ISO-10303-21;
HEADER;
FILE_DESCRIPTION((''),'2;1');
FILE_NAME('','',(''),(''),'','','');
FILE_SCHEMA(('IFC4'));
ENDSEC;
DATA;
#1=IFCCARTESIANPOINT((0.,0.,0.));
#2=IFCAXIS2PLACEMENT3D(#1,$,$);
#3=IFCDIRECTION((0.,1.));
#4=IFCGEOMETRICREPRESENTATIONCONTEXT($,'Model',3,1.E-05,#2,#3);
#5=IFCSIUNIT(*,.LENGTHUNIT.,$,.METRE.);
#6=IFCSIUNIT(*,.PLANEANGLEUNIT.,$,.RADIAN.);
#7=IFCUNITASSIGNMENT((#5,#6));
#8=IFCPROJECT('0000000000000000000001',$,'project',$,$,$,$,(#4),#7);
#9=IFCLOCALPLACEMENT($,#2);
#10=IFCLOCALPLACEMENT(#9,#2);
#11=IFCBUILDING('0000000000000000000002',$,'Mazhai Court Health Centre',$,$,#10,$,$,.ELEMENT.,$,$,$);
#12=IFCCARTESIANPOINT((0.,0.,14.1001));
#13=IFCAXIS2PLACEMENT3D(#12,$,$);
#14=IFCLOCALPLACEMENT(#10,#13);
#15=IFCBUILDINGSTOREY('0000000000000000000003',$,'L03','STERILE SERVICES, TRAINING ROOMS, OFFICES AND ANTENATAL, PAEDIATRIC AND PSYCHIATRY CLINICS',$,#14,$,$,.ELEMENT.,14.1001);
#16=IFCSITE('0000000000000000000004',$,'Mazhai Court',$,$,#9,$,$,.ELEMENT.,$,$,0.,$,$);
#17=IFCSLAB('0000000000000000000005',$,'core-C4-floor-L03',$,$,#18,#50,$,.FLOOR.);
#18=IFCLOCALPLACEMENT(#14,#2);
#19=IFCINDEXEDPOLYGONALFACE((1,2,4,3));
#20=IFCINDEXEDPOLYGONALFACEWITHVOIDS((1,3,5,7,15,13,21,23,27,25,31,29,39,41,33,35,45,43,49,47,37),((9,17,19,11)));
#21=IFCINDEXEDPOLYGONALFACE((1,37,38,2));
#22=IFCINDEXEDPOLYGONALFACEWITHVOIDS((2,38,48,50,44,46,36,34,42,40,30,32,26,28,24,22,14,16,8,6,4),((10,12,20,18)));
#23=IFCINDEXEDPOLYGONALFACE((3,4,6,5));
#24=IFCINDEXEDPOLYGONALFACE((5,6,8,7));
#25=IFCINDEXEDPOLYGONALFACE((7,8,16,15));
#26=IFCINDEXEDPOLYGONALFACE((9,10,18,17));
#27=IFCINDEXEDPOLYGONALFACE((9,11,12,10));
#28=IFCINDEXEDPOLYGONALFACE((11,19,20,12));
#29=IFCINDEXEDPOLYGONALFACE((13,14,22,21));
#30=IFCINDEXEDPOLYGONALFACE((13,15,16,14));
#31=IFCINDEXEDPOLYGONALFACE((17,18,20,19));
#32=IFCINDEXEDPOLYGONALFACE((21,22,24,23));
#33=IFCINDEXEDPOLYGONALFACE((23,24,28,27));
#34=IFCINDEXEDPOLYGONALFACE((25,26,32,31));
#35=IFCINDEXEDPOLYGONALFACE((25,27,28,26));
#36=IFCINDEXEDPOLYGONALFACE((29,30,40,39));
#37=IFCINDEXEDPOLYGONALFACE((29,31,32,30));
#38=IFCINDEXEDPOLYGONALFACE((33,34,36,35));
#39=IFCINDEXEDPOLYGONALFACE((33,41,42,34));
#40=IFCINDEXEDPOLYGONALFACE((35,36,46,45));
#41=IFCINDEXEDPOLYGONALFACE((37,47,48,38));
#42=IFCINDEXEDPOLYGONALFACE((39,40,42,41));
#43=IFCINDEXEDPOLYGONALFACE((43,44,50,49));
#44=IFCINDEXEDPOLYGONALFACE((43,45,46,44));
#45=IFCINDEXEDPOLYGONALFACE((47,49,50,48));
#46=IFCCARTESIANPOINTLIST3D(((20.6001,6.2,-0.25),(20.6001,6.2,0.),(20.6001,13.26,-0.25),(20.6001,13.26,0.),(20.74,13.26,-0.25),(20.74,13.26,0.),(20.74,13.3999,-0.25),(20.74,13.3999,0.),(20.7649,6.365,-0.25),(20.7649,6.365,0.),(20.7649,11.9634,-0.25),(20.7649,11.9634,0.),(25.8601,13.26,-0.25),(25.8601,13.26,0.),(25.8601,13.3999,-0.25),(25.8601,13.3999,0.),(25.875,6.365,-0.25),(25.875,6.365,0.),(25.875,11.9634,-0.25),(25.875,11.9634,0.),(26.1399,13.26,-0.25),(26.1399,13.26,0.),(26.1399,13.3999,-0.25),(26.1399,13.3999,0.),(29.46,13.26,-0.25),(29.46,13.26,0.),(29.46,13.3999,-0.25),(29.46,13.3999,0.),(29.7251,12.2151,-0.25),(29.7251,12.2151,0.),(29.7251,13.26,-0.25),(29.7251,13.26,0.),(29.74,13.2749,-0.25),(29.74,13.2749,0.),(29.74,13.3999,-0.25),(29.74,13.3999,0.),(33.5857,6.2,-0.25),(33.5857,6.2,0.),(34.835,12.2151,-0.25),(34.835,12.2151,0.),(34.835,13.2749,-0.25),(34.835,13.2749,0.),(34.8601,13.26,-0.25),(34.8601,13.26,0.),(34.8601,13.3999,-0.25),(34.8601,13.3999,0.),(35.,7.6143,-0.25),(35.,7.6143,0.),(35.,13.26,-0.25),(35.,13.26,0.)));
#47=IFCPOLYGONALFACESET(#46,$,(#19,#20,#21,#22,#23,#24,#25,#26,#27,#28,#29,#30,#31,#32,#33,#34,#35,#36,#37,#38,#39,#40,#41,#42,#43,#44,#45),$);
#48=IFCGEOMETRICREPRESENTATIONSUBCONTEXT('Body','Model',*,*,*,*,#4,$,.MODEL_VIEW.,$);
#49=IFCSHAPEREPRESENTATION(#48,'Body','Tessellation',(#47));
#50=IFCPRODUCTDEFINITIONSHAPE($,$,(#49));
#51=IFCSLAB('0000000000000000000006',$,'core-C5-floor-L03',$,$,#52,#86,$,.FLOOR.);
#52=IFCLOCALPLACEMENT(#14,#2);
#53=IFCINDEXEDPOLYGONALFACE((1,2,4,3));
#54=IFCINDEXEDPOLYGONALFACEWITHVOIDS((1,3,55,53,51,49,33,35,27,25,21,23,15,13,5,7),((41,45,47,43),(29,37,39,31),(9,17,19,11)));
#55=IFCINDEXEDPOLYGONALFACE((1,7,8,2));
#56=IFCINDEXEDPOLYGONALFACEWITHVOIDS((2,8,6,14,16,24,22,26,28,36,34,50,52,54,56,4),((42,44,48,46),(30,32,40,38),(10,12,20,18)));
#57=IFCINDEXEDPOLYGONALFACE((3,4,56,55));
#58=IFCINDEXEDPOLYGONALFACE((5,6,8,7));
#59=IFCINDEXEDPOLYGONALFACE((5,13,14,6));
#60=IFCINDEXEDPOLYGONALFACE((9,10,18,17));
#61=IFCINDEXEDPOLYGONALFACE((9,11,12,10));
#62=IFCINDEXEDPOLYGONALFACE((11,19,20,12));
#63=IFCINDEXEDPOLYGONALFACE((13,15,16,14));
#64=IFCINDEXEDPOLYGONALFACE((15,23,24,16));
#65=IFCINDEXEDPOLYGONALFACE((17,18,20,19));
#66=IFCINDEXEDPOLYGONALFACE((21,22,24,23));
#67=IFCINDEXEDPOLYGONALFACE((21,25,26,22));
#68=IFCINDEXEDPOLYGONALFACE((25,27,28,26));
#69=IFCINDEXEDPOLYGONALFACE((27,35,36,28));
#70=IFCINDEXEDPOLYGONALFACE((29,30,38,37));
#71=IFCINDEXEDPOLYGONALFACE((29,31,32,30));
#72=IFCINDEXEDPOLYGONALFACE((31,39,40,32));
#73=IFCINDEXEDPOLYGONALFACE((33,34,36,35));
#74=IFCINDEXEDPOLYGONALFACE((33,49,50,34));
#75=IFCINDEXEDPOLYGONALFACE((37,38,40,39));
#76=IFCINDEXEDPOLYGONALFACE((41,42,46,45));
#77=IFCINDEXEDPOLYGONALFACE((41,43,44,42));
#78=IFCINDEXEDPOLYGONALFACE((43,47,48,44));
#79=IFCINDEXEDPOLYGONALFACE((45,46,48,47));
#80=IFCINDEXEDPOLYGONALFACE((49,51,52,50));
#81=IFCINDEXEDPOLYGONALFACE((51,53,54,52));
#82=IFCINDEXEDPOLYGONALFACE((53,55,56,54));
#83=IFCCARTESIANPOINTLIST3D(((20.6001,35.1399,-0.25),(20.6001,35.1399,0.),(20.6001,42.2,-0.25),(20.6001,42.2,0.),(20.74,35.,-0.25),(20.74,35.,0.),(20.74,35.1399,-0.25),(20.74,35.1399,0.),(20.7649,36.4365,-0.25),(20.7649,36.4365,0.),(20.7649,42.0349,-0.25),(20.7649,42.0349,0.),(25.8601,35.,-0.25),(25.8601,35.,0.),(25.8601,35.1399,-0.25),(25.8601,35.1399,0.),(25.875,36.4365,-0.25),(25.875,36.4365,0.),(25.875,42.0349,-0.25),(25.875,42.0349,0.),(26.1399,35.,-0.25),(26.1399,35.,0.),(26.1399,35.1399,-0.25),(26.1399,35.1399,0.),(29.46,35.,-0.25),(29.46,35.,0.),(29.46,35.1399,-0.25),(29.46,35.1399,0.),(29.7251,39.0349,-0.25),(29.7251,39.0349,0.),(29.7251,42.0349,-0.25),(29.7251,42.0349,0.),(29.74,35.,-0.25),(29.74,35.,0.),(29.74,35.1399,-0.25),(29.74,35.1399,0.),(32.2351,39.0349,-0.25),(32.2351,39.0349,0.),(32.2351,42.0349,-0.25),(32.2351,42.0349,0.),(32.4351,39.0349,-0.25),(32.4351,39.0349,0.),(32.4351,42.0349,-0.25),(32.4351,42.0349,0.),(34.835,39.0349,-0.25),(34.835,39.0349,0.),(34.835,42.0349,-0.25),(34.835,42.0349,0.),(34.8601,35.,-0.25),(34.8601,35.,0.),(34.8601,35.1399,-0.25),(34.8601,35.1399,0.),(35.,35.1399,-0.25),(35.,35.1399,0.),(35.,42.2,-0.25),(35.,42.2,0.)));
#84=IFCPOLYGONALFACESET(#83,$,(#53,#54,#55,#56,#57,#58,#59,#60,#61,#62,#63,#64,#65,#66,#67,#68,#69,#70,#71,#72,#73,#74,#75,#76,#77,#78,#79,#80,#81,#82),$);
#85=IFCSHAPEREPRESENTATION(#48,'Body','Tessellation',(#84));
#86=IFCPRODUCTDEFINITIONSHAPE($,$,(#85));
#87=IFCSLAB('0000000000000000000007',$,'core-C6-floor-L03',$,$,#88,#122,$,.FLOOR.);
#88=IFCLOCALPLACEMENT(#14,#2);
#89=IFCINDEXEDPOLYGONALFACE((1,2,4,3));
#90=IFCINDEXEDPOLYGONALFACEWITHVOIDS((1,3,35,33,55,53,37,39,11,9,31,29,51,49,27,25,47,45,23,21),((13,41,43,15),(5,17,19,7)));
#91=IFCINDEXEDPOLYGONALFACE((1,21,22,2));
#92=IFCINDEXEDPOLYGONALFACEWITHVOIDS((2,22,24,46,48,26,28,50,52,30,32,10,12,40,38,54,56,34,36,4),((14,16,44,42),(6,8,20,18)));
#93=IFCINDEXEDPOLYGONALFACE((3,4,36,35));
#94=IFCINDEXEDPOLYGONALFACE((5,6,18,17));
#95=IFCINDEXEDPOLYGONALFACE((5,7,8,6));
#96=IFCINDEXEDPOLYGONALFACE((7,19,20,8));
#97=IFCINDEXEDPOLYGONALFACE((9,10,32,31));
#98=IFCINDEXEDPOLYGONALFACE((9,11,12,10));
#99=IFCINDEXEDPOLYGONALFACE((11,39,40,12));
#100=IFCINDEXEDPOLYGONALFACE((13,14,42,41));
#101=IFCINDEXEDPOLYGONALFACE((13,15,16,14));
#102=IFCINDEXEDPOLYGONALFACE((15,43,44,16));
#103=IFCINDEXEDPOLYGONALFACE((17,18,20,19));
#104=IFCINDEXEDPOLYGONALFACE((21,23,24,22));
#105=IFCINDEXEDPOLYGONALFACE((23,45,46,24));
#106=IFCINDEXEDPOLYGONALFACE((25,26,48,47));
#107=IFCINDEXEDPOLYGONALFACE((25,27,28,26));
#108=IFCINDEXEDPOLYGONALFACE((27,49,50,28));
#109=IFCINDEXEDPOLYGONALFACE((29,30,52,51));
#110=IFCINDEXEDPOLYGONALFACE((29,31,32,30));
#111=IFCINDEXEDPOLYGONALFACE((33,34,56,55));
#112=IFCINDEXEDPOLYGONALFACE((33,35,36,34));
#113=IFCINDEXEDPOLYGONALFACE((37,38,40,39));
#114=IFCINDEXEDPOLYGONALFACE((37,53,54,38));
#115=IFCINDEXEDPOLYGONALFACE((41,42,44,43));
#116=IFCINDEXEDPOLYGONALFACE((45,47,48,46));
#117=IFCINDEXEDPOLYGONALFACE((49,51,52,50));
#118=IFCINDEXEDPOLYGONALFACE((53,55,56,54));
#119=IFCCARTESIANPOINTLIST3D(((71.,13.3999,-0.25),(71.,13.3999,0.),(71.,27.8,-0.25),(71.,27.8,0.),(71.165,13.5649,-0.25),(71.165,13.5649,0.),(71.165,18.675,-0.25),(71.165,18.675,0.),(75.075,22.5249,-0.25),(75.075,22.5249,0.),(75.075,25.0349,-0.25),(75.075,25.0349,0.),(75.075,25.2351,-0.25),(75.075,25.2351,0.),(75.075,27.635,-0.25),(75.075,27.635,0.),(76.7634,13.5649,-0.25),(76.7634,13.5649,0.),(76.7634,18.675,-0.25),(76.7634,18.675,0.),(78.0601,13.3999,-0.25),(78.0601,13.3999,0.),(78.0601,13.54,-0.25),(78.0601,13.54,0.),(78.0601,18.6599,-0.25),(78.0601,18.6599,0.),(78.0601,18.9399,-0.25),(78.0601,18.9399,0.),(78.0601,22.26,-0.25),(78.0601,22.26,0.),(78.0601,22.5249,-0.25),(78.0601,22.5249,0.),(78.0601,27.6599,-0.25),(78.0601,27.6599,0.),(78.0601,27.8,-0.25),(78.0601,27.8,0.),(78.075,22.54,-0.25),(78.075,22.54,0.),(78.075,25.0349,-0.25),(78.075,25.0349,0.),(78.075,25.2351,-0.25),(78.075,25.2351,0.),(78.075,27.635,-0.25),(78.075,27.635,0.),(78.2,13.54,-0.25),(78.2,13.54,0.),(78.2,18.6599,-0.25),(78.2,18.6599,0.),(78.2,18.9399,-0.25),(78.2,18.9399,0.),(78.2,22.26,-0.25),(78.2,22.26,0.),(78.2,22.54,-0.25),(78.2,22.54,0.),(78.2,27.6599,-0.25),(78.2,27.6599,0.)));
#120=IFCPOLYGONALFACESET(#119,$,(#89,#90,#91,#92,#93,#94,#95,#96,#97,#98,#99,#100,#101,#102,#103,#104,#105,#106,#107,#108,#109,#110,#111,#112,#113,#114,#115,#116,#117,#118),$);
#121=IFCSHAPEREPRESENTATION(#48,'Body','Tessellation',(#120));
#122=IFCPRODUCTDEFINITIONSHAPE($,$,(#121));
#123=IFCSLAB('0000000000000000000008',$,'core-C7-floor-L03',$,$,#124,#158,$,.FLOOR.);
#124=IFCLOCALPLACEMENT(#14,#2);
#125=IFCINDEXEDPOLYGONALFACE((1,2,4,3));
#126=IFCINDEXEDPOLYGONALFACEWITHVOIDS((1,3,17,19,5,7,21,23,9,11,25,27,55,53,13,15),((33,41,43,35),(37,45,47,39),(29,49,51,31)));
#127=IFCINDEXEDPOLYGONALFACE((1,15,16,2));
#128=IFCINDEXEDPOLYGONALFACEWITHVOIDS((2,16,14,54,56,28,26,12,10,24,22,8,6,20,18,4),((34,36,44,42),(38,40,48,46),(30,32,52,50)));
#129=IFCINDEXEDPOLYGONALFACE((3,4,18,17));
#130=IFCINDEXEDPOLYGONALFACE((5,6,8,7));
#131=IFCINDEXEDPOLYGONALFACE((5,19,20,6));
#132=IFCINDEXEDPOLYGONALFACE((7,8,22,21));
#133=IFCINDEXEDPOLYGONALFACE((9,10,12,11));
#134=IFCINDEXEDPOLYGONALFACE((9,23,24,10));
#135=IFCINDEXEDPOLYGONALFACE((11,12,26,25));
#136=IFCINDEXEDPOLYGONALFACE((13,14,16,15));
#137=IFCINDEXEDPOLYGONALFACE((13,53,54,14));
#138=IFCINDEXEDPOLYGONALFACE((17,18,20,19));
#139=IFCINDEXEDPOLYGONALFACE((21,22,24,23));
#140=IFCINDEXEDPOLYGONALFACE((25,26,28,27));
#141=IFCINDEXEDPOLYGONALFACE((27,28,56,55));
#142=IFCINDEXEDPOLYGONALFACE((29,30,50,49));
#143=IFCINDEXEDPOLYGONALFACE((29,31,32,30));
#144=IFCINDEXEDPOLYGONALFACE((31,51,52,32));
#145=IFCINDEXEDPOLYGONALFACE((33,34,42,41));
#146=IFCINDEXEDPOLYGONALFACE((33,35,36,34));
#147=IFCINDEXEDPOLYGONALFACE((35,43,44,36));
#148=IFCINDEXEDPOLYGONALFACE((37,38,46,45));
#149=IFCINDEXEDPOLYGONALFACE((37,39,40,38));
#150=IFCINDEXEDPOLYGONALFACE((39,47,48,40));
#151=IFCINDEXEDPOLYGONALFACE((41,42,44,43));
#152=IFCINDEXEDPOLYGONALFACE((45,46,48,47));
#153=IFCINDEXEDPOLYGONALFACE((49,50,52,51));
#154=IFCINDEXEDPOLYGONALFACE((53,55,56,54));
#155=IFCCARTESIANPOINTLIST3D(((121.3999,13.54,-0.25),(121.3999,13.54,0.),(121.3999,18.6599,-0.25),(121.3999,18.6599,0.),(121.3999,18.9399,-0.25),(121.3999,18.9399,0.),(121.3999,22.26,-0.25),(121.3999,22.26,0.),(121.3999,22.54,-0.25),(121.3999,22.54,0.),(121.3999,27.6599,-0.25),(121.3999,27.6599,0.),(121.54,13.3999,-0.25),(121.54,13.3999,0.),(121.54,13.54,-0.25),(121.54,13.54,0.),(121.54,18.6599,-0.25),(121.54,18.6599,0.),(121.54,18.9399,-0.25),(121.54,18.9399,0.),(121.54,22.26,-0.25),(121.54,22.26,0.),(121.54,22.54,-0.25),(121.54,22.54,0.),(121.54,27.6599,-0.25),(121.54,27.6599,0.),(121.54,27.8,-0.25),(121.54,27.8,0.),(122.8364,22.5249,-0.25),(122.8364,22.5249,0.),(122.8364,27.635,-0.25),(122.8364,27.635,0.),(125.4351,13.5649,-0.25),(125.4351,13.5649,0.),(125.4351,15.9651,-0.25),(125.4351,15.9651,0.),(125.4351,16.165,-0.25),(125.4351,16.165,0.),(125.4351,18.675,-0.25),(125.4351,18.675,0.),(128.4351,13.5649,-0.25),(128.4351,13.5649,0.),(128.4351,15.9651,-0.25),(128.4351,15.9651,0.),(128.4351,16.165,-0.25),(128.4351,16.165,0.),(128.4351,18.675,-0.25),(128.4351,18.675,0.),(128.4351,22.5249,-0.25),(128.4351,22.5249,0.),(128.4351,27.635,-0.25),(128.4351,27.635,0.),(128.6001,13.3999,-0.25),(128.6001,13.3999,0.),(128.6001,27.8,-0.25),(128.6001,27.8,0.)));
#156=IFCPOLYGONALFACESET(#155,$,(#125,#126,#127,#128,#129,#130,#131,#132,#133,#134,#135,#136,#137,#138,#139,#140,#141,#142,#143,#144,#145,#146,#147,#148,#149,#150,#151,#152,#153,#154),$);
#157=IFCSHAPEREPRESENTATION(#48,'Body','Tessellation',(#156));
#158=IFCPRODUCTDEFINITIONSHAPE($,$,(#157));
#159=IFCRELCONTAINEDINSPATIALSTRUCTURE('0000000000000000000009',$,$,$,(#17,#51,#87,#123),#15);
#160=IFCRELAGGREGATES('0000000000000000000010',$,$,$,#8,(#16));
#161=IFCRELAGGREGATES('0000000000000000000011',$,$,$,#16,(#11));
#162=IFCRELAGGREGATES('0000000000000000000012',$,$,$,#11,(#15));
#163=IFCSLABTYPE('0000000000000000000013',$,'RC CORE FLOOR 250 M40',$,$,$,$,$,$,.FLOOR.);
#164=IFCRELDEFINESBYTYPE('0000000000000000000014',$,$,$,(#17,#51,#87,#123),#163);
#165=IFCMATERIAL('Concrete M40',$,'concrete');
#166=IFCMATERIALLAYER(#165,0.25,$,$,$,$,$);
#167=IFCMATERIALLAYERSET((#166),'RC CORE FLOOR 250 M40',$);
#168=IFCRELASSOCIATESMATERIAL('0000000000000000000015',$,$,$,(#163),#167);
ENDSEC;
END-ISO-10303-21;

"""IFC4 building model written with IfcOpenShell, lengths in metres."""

from ifc_helpers import new_model, si_unit, direction, frame, origin, place, context, subcontext, project, spatial, polyline, outline, extrude, material, layer, layer_set, type_object, element, save


model = new_model("IFC4")

# Units and contexts
model_context = context("Model", 3, precision=1e-05, world=origin(), true_north=direction((0.0, 1.0)))
body_context = subcontext(model_context, "Body", "Model", "MODEL_VIEW")
ifc_project = project(units=[si_unit("LENGTHUNIT", "METRE"), si_unit("PLANEANGLEUNIT", "RADIAN")], contexts=[model_context])

# Site, building, storey
site_placement = place(None, origin())
site = spatial("IfcSite", under=ifc_project, at=site_placement, Name="Mazhai Court", CompositionType="ELEMENT", RefElevation=0.0)
building_placement = place(site_placement, origin())
building = spatial("IfcBuilding", under=site, at=building_placement, Name="Mazhai Court Health Centre", CompositionType="ELEMENT")
storey_placement = place(building_placement, frame((0.0, 0.0, 14.1001)))
storey = spatial("IfcBuildingStorey", under=building, at=storey_placement, Name="L03", Description="STERILE SERVICES, TRAINING ROOMS, OFFICES AND ANTENATAL, PAEDIATRIC AND PSYCHIATRY CLINICS", CompositionType="ELEMENT", Elevation=14.1001)

# Slabs
ifc_material_1 = material(Name="Concrete M40", Category="concrete")
ifc_layer_1 = layer(ifc_material_1, 0.25)
ifc_layer_set_1 = layer_set([ifc_layer_1], Name="RC CORE FLOOR 250 M40")
slab_type_1 = type_object("IfcSlabType", Name="RC CORE FLOOR 250 M40", PredefinedType="FLOOR", material=ifc_layer_set_1)
slab_1_placement = place(storey_placement, frame((0.0, 0.0, -0.25)))
element("IfcSlab", 1, at=slab_1_placement, inside=storey, type_object=slab_type_1, Name="core-C4-floor-L03", PredefinedType="FLOOR", context=body_context, shape_type="SweptSolid", body=[
    extrude(outline(polyline([(20.74, 13.3999), (25.8601, 13.3999), (25.8601, 13.26), (26.1399, 13.26), (26.1399, 13.3999), (29.46, 13.3999), (29.46, 13.26), (29.7251, 13.26), (29.7251, 12.2151), (34.835, 12.2151), (34.835, 13.2749), (29.74, 13.2749), (29.74, 13.3999), (34.8601, 13.3999), (34.8601, 13.26), (35.0, 13.26), (35.0, 7.6143), (33.5857, 6.2), (20.6001, 6.2), (20.6001, 13.26), (20.74, 13.26), (20.74, 13.3999)]), holes=[polyline([(25.875, 11.9634), (20.7649, 11.9634), (20.7649, 6.365), (25.875, 6.365), (25.875, 11.9634)])]), origin(), (0.0, 0.0, 1.0), 0.25),
])
slab_2_placement = place(storey_placement, frame((0.0, 0.0, -0.25)))
element("IfcSlab", 2, at=slab_2_placement, inside=storey, type_object=slab_type_1, Name="core-C5-floor-L03", PredefinedType="FLOOR", context=body_context, shape_type="SweptSolid", body=[
    extrude(outline(polyline([(35.0, 42.2), (35.0, 35.1399), (34.8601, 35.1399), (34.8601, 35.0), (29.74, 35.0), (29.74, 35.1399), (29.46, 35.1399), (29.46, 35.0), (26.1399, 35.0), (26.1399, 35.1399), (25.8601, 35.1399), (25.8601, 35.0), (20.74, 35.0), (20.74, 35.1399), (20.6001, 35.1399), (20.6001, 42.2), (35.0, 42.2)]), holes=[polyline([(20.7649, 36.4365), (25.875, 36.4365), (25.875, 42.0349), (20.7649, 42.0349), (20.7649, 36.4365)]), polyline([(32.2351, 42.0349), (29.7251, 42.0349), (29.7251, 39.0349), (32.2351, 39.0349), (32.2351, 42.0349)]), polyline([(34.835, 42.0349), (32.4351, 42.0349), (32.4351, 39.0349), (34.835, 39.0349), (34.835, 42.0349)])]), origin(), (0.0, 0.0, 1.0), 0.25),
])
slab_3_placement = place(storey_placement, frame((0.0, 0.0, -0.25)))
element("IfcSlab", 3, at=slab_3_placement, inside=storey, type_object=slab_type_1, Name="core-C6-floor-L03", PredefinedType="FLOOR", context=body_context, shape_type="SweptSolid", body=[
    extrude(outline(polyline([(78.0601, 22.26), (78.2, 22.26), (78.2, 18.9399), (78.0601, 18.9399), (78.0601, 18.6599), (78.2, 18.6599), (78.2, 13.54), (78.0601, 13.54), (78.0601, 13.3999), (71.0, 13.3999), (71.0, 27.8), (78.0601, 27.8), (78.0601, 27.6599), (78.2, 27.6599), (78.2, 22.54), (78.075, 22.54), (78.075, 25.0349), (75.075, 25.0349), (75.075, 22.5249), (78.0601, 22.5249), (78.0601, 22.26)]), holes=[polyline([(76.7634, 13.5649), (76.7634, 18.675), (71.165, 18.675), (71.165, 13.5649), (76.7634, 13.5649)]), polyline([(78.075, 27.635), (75.075, 27.635), (75.075, 25.2351), (78.075, 25.2351), (78.075, 27.635)])]), origin(), (0.0, 0.0, 1.0), 0.25),
])
slab_4_placement = place(storey_placement, frame((0.0, 0.0, -0.25)))
element("IfcSlab", 4, at=slab_4_placement, inside=storey, type_object=slab_type_1, Name="core-C7-floor-L03", PredefinedType="FLOOR", context=body_context, shape_type="SweptSolid", body=[
    extrude(outline(polyline([(121.54, 13.3999), (121.54, 13.54), (121.3999, 13.54), (121.3999, 18.6599), (121.54, 18.6599), (121.54, 18.9399), (121.3999, 18.9399), (121.3999, 22.26), (121.54, 22.26), (121.54, 22.54), (121.3999, 22.54), (121.3999, 27.6599), (121.54, 27.6599), (121.54, 27.8), (128.6001, 27.8), (128.6001, 13.3999), (121.54, 13.3999)]), holes=[polyline([(125.4351, 15.9651), (125.4351, 13.5649), (128.4351, 13.5649), (128.4351, 15.9651), (125.4351, 15.9651)]), polyline([(128.4351, 18.675), (125.4351, 18.675), (125.4351, 16.165), (128.4351, 16.165), (128.4351, 18.675)]), polyline([(128.4351, 27.635), (122.8364, 27.635), (122.8364, 22.5249), (128.4351, 22.5249), (128.4351, 27.635)])]), origin(), (0.0, 0.0, 1.0), 0.25),
])

save(model, "model.ifc")
